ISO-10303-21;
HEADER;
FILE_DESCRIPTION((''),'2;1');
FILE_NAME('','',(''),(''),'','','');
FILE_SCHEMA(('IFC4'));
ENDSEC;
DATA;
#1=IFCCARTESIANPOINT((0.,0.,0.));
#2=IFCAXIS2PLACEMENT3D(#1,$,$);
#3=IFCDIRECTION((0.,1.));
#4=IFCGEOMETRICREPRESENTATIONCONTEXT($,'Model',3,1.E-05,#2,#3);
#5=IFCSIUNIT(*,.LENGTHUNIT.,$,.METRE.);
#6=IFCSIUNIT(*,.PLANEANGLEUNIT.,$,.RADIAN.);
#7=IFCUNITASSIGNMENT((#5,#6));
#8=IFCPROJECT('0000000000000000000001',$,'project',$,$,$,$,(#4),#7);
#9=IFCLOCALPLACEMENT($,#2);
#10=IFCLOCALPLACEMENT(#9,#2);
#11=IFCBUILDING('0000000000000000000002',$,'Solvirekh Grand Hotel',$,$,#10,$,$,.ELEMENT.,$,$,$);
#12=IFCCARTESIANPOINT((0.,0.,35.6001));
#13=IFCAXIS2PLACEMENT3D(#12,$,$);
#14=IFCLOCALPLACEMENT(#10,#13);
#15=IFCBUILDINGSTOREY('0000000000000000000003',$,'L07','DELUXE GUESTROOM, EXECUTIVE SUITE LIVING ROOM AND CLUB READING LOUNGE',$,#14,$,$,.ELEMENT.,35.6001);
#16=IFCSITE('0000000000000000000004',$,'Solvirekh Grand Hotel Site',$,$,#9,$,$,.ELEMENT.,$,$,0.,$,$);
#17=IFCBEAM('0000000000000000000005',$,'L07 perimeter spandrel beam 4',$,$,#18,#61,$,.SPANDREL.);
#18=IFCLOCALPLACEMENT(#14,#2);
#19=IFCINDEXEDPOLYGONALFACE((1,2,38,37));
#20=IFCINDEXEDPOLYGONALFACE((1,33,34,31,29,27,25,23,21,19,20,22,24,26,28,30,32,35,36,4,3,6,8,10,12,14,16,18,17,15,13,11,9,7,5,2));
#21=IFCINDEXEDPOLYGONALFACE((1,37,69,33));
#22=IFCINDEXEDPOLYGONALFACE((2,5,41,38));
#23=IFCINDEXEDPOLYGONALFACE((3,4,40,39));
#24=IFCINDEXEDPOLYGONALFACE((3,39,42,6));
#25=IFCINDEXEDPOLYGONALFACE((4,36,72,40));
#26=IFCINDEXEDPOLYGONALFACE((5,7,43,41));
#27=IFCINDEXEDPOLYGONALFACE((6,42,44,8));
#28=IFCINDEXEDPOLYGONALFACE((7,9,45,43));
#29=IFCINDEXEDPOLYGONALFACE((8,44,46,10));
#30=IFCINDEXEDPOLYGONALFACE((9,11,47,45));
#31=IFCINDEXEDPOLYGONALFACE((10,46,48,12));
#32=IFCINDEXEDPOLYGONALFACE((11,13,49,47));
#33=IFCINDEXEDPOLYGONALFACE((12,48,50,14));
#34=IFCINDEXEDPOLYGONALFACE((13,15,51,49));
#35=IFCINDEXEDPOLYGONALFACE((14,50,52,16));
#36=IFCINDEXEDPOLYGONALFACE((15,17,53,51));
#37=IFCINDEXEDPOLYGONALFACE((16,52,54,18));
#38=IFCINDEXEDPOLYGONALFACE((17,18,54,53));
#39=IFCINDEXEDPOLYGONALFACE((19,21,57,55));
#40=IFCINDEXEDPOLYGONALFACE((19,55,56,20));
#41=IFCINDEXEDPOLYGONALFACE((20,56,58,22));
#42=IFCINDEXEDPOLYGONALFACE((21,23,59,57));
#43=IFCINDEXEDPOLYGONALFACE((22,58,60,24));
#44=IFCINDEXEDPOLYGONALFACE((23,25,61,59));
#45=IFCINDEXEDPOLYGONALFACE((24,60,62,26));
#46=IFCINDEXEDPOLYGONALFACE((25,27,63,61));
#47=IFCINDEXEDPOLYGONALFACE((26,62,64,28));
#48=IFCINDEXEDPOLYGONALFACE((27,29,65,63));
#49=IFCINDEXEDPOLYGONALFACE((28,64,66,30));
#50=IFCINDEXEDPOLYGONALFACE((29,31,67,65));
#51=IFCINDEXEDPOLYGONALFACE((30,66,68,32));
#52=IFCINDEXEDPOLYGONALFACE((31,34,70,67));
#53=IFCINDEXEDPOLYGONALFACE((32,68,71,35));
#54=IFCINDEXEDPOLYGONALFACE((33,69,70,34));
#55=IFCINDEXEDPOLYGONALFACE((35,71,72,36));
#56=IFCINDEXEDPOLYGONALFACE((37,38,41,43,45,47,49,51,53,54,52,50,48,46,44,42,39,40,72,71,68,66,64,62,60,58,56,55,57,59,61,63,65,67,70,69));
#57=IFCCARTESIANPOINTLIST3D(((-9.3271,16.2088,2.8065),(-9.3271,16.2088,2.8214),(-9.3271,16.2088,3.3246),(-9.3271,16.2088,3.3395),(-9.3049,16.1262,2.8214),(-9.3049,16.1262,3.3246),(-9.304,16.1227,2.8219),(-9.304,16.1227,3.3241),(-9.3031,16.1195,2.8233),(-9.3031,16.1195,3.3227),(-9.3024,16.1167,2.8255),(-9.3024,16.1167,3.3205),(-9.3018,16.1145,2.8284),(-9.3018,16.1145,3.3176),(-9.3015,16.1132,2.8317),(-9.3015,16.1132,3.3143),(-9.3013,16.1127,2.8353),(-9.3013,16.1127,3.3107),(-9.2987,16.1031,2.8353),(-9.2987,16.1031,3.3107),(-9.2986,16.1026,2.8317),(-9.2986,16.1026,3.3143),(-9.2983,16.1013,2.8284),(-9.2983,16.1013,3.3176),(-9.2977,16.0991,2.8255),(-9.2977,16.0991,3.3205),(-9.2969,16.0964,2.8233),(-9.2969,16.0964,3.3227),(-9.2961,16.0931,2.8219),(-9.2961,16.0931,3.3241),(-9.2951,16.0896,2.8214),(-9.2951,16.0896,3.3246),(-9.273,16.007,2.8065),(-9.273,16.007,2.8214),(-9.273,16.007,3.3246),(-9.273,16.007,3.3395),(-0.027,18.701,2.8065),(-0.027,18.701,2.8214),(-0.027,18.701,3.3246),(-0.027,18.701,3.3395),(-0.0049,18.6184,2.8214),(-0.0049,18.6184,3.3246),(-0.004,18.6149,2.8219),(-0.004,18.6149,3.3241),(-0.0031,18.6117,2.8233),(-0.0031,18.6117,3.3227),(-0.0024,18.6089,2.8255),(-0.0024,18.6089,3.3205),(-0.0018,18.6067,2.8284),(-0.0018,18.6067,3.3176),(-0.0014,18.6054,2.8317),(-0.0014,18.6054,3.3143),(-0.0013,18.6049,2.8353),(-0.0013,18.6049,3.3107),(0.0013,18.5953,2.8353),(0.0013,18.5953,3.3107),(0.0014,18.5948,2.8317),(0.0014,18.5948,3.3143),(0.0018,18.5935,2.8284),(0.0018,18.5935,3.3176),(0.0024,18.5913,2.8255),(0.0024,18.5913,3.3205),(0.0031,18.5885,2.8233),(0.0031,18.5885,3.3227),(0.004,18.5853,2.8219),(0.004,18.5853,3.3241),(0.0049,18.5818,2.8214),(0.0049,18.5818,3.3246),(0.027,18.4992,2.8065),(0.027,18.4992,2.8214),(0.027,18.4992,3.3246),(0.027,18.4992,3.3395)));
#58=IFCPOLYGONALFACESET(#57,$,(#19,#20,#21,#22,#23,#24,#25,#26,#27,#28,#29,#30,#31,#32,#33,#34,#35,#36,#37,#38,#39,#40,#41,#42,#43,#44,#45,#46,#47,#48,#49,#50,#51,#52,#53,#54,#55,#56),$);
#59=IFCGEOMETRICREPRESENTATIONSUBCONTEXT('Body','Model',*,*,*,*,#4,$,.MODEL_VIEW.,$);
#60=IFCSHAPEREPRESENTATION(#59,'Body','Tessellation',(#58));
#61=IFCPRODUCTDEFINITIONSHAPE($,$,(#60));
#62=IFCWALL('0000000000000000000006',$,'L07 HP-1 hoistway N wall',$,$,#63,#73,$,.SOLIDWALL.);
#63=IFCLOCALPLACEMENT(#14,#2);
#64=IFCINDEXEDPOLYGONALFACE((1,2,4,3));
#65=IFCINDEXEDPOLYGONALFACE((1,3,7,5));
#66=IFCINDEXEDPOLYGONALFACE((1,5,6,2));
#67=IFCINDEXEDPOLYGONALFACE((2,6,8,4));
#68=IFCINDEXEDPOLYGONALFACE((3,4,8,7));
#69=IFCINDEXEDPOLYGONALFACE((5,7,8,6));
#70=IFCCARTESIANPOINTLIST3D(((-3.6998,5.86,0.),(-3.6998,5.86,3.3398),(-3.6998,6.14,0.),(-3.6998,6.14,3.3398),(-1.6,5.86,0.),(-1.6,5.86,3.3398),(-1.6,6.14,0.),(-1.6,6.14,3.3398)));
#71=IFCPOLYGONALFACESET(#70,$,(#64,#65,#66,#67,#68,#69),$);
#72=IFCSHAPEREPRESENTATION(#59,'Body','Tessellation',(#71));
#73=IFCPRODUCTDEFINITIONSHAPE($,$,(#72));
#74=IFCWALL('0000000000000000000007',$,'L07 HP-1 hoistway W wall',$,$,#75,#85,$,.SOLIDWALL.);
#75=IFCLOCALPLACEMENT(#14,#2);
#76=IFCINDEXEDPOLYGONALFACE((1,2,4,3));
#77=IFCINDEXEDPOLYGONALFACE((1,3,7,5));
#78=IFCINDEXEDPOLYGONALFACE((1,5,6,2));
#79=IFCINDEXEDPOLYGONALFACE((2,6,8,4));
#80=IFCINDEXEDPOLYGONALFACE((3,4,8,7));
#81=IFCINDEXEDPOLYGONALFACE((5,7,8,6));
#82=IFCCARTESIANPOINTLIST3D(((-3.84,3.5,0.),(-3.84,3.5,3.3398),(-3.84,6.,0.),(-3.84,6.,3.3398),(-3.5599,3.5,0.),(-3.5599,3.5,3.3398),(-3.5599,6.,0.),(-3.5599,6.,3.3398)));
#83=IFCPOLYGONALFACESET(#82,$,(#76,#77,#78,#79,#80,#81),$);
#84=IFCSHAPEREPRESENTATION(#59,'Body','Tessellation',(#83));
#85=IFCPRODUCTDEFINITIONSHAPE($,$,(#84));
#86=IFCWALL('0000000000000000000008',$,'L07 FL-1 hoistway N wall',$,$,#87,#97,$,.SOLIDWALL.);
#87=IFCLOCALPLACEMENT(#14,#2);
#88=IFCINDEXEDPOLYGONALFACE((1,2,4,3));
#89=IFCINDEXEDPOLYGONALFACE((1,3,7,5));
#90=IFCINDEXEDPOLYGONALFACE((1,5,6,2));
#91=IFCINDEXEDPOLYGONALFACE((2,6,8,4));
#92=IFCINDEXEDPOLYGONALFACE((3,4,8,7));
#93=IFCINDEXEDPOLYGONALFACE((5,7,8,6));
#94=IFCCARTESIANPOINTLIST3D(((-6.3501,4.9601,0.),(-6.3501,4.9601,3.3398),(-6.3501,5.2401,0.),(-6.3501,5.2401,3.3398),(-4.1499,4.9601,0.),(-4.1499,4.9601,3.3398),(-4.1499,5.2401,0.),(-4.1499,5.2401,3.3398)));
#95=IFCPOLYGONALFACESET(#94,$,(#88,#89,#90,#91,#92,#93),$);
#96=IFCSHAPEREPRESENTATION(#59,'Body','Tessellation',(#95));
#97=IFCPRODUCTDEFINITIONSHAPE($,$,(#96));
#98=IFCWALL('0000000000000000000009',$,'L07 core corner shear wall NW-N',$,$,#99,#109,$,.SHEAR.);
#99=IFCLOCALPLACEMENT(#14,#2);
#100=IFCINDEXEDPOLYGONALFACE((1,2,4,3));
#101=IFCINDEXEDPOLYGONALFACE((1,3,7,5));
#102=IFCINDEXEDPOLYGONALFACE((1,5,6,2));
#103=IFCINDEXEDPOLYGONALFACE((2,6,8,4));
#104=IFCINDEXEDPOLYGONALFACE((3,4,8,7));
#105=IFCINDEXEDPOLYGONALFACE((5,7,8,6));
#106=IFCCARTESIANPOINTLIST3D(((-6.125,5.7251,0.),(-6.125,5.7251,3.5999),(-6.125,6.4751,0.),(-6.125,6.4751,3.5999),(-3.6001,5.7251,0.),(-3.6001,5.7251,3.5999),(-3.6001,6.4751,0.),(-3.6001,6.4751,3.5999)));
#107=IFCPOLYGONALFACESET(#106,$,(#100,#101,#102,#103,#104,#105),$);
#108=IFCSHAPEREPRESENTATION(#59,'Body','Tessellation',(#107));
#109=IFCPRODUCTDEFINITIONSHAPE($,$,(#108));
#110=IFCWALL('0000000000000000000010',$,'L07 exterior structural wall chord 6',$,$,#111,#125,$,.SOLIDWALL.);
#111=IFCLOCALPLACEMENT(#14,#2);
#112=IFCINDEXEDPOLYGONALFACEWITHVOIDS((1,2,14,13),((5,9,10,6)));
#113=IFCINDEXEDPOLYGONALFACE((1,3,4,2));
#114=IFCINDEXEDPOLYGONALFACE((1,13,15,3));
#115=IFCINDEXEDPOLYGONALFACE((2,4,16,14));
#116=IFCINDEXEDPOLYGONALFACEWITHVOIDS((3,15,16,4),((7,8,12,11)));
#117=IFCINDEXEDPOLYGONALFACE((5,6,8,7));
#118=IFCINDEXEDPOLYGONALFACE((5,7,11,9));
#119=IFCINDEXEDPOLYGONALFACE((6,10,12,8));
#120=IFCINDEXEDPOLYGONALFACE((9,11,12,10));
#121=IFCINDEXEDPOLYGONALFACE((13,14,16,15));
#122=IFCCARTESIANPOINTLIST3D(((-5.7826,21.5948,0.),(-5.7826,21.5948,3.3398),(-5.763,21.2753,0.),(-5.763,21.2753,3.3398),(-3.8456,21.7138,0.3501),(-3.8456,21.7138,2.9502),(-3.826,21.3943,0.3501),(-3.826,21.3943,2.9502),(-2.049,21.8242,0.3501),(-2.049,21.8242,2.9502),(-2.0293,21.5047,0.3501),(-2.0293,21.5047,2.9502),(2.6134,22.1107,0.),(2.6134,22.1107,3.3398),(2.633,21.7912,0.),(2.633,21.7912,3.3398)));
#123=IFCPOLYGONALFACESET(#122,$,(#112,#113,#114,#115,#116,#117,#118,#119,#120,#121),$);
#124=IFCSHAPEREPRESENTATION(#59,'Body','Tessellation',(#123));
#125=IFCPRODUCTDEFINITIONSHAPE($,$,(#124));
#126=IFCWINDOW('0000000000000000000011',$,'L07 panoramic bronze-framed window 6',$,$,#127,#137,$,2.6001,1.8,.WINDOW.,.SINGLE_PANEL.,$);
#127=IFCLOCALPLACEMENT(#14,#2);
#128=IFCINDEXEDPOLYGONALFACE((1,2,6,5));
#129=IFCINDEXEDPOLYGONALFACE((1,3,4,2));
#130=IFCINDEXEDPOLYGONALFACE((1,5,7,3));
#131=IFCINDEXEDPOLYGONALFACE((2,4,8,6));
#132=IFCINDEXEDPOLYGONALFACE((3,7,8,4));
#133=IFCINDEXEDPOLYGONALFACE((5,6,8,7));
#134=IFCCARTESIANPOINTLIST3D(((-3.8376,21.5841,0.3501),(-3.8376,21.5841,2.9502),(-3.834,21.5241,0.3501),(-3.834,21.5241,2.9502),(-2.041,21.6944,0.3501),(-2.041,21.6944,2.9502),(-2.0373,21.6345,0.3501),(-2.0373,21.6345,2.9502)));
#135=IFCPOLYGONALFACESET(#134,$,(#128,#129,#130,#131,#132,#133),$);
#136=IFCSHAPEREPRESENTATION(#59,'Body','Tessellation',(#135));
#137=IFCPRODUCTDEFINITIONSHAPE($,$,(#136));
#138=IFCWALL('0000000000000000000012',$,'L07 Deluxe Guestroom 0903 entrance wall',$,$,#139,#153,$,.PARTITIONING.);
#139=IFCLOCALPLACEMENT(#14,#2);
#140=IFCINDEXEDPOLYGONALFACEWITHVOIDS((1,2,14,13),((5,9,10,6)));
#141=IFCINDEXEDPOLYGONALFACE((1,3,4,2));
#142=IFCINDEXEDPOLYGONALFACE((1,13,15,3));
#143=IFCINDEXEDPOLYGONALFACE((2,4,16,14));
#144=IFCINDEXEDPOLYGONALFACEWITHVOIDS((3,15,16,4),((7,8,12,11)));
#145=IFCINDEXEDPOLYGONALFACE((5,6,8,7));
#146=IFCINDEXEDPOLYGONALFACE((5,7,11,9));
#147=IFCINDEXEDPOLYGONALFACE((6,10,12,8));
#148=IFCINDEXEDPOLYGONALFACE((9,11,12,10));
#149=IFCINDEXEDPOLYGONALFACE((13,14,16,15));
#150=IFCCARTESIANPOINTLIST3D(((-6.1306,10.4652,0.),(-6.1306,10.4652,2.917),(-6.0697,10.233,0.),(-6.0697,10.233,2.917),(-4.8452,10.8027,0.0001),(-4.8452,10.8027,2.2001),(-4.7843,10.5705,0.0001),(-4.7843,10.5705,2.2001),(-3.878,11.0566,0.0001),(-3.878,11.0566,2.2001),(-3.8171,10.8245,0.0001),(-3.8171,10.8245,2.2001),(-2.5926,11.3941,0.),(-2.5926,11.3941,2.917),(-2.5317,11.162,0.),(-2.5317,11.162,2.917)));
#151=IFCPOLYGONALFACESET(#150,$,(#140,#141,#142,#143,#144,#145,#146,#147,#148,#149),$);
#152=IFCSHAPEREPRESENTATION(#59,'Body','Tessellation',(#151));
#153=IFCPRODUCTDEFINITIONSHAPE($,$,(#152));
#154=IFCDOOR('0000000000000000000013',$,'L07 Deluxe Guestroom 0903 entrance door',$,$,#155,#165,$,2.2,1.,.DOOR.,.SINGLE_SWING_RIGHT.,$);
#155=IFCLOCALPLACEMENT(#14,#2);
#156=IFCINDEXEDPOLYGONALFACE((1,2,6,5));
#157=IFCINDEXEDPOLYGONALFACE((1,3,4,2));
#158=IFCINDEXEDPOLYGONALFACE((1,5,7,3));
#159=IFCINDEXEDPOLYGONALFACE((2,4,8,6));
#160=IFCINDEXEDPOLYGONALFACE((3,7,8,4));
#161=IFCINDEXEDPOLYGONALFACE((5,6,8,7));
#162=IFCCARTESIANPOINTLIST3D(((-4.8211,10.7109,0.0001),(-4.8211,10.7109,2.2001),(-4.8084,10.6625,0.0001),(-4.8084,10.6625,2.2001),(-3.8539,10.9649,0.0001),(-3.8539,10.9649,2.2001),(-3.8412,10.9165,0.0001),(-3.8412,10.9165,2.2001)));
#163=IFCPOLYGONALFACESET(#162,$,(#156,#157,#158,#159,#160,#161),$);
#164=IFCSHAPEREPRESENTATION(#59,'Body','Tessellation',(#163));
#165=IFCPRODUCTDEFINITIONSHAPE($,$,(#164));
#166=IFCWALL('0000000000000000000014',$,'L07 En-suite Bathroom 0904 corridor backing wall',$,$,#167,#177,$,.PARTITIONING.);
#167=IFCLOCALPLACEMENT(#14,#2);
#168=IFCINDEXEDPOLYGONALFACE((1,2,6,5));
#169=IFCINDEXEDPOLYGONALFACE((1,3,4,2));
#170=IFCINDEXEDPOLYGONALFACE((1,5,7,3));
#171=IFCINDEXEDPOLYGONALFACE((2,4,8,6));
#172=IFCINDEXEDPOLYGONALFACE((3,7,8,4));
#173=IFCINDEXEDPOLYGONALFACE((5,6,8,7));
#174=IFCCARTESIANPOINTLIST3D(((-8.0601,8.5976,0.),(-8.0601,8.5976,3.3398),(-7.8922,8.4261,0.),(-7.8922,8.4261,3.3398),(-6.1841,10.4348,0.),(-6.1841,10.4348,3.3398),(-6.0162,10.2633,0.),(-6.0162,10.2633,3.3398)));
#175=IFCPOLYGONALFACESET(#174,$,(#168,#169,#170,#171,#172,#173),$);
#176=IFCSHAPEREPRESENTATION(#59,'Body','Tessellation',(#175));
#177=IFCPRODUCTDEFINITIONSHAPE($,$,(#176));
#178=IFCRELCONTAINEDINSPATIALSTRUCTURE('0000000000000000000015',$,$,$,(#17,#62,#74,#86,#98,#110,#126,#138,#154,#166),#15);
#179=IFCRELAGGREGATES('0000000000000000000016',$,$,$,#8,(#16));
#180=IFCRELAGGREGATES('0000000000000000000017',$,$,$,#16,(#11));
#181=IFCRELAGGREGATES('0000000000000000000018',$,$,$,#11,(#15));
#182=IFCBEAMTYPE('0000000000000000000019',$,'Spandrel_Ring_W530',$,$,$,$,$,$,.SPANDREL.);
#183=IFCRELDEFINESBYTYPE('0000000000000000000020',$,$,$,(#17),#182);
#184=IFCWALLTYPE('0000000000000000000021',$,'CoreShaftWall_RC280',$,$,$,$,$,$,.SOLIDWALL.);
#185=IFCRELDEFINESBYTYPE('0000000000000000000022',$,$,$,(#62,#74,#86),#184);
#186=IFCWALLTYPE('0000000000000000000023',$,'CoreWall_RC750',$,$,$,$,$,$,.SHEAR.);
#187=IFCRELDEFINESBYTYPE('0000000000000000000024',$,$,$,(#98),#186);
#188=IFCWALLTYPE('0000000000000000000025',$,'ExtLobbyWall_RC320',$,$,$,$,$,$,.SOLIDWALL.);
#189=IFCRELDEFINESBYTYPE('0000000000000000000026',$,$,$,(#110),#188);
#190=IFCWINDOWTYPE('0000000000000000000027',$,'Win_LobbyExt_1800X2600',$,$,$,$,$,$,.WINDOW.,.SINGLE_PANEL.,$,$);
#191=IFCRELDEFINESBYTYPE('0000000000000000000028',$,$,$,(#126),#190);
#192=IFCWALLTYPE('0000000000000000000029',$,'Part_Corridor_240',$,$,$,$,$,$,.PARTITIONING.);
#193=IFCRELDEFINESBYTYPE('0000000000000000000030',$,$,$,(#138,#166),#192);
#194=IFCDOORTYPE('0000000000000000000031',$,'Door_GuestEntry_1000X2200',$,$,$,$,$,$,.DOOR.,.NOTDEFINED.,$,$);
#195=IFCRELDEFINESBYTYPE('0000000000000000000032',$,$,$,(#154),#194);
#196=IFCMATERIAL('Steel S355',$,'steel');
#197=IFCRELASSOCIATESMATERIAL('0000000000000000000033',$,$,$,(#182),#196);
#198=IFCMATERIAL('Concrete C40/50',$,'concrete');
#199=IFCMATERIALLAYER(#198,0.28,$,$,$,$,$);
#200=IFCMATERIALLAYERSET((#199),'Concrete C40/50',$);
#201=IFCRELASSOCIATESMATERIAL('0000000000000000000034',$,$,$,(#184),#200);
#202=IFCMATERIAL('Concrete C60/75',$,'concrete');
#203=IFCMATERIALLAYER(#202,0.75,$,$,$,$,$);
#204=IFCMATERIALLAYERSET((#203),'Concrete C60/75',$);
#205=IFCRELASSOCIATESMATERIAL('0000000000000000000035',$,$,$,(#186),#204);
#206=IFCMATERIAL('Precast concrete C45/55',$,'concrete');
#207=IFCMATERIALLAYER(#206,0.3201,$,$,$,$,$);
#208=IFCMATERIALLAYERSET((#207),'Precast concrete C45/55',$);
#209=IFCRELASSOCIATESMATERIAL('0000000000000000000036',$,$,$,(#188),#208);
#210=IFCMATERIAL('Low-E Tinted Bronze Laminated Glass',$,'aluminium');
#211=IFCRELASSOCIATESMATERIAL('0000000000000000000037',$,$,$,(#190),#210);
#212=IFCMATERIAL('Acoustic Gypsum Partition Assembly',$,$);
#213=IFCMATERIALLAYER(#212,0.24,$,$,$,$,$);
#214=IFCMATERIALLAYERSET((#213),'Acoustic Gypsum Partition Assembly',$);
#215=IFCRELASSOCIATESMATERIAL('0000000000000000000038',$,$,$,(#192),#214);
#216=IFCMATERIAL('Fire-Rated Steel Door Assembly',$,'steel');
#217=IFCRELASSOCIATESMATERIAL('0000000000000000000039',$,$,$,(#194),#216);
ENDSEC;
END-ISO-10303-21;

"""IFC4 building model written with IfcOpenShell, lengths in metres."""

from ifc_helpers import new_model, si_unit, direction, frame, frame_2d, origin, origin_2d, place, context, subcontext, project, spatial, rectangle, i_section, extrude, material, layer, layer_set, material_profile, profile_set, type_object, element, fill, save


model = new_model("IFC4")

# Units and contexts
model_context = context("Model", 3, precision=1e-05, world=origin(), true_north=direction((0.0, 1.0)))
body_context = subcontext(model_context, "Body", "Model", "MODEL_VIEW")
ifc_project = project(units=[si_unit("LENGTHUNIT", "METRE"), si_unit("PLANEANGLEUNIT", "RADIAN")], contexts=[model_context])

# Site, building, storey
site_placement = place(None, origin())
site = spatial("IfcSite", under=ifc_project, at=site_placement, Name="Solvirekh Grand Hotel Site", CompositionType="ELEMENT", RefElevation=0.0)
building_placement = place(site_placement, origin())
building = spatial("IfcBuilding", under=site, at=building_placement, Name="Solvirekh Grand Hotel", CompositionType="ELEMENT")
storey_placement = place(building_placement, frame((0.0, 0.0, 35.6001)))
storey = spatial("IfcBuildingStorey", under=building, at=storey_placement, Name="L07", Description="DELUXE GUESTROOM, EXECUTIVE SUITE LIVING ROOM AND CLUB READING LOUNGE", CompositionType="ELEMENT", Elevation=35.6001)

# Shared definitions
ifc_material_1 = material(Name="Concrete C60/75", Category="concrete")

# Beam
ifc_material_2 = material(Name="Steel S355", Category="steel")
ifc_material_profile_1 = material_profile(ifc_material_2, i_section(OverallWidth=0.209, OverallDepth=0.533, WebThickness=0.01, FlangeThickness=0.0149, FilletRadius=0.0139, at=origin_2d()), Name="W530X92")
ifc_profile_set_1 = profile_set([ifc_material_profile_1], Name="Steel S355")
beam_type_1 = type_object("IfcBeamType", Name="Spandrel_Ring_W530", PredefinedType="SPANDREL", material=ifc_profile_set_1)
beam_1_placement = place(storey_placement, frame((0.0, 18.6001, 3.073), z_axis=(-0.965919, -0.258843, 0.0), x_axis=(0.258843, -0.965919, 0.0)))
element("IfcBeam", 1, at=beam_1_placement, inside=storey, type_object=beam_type_1, Name="L07 perimeter spandrel beam 4", PredefinedType="SPANDREL", context=body_context, shape_type="SweptSolid", body=[
    extrude(i_section(OverallWidth=0.209, OverallDepth=0.533, WebThickness=0.01, FlangeThickness=0.0149, FilletRadius=0.0139, at=origin_2d()), origin(), (0.0, 0.0, 1.0), 9.6282),
])

# Walls
ifc_material_3 = material(Name="Concrete C40/50", Category="concrete")
ifc_layer_1 = layer(ifc_material_3, 0.28)
ifc_layer_set_1 = layer_set([ifc_layer_1], Name="Concrete C40/50")
wall_type_1 = type_object("IfcWallType", Name="CoreShaftWall_RC280", PredefinedType="SOLIDWALL", material=ifc_layer_set_1)
wall_1_placement = place(storey_placement, frame((-1.6001, 6.0, 0.0), z_axis=(0.0, 0.0, 1.0), x_axis=(-1.0, 0.0, 0.0)))
element("IfcWall", 2, at=wall_1_placement, inside=storey, type_object=wall_type_1, Name="L07 HP-1 hoistway N wall", PredefinedType="SOLIDWALL", context=body_context, shape_type="SweptSolid", body=[
    extrude(rectangle(XDim=2.0999, YDim=0.28, at=frame_2d((1.0498, 0.0))), origin(), (0.0, 0.0, 1.0), 3.3398),
])
wall_2_placement = place(storey_placement, frame((-3.7, 6.0, 0.0), z_axis=(0.0, 0.0, 1.0), x_axis=(0.0, -1.0, 0.0)))
element("IfcWall", 3, at=wall_2_placement, inside=storey, type_object=wall_type_1, Name="L07 HP-1 hoistway W wall", PredefinedType="SOLIDWALL", context=body_context, shape_type="SweptSolid", body=[
    extrude(rectangle(XDim=2.5, YDim=0.28, at=frame_2d((1.25, 0.0))), origin(), (0.0, 0.0, 1.0), 3.3398),
])
wall_3_placement = place(storey_placement, frame((-4.1499, 5.1001, 0.0), z_axis=(0.0, 0.0, 1.0), x_axis=(-1.0, 0.0, 0.0)))
element("IfcWall", 4, at=wall_3_placement, inside=storey, type_object=wall_type_1, Name="L07 FL-1 hoistway N wall", PredefinedType="SOLIDWALL", context=body_context, shape_type="SweptSolid", body=[
    extrude(rectangle(XDim=2.2002, YDim=0.28, at=frame_2d((1.1001, 0.0))), origin(), (0.0, 0.0, 1.0), 3.3398),
])
ifc_layer_2 = layer(ifc_material_1, 0.75)
ifc_layer_set_2 = layer_set([ifc_layer_2], Name="Concrete C60/75")
wall_type_2 = type_object("IfcWallType", Name="CoreWall_RC750", PredefinedType="SHEAR", material=ifc_layer_set_2)
wall_4_placement = place(storey_placement, frame((-6.125, 6.1001, 0.0), z_axis=(0.0, 0.0, 1.0), x_axis=(1.0, 0.0, 0.0)))
element("IfcWall", 5, at=wall_4_placement, inside=storey, type_object=wall_type_2, Name="L07 core corner shear wall NW-N", PredefinedType="SHEAR", context=body_context, shape_type="SweptSolid", body=[
    extrude(rectangle(XDim=2.5249, YDim=0.75, at=frame_2d((1.2625, 0.0))), origin(), (0.0, 0.0, 1.0), 3.5999),
])

# Wall, opening, window
ifc_material_4 = material(Name="Precast concrete C45/55", Category="concrete")
ifc_layer_3 = layer(ifc_material_4, 0.3201)
ifc_layer_set_3 = layer_set([ifc_layer_3], Name="Precast concrete C45/55")
wall_type_3 = type_object("IfcWallType", Name="ExtLobbyWall_RC320", PredefinedType="SOLIDWALL", material=ifc_layer_set_3)
wall_5_placement = place(storey_placement, frame((-5.7729, 21.4351, 0.0), z_axis=(0.0, 0.0, 1.0), x_axis=(0.998118, 0.061327, 0.0)))
wall_5 = element("IfcWall", 6, at=wall_5_placement, inside=storey, type_object=wall_type_3, Name="L07 exterior structural wall chord 6", PredefinedType="SOLIDWALL", context=body_context, shape_type="SweptSolid", body=[
    extrude(rectangle(XDim=8.4119, YDim=0.3201, at=frame_2d((4.2061, 0.0))), origin(), (0.0, 0.0, 1.0), 3.3398),
])
opening_1_placement = place(wall_5_placement, frame((1.9409, 0.0, 0.3501)))
opening_1 = element("IfcOpeningElement", 7, at=opening_1_placement, cuts=wall_5, PredefinedType="OPENING", context=body_context, shape_type="SweptSolid", body=[
    extrude(rectangle(XDim=1.8, YDim=2.6001, at=frame_2d((0.8999, 1.3))), frame((0.0, 0.1699, 0.0), z_axis=(0.0, -1.0, 0.0), x_axis=(1.0, 0.0, 0.0)), (0.0, 0.0, 1.0), 0.3401),
])
ifc_material_5 = material(Name="Low-E Tinted Bronze Laminated Glass", Category="aluminium")
window_type = type_object("IfcWindowType", Name="Win_LobbyExt_1800X2600", PartitioningType="SINGLE_PANEL", PredefinedType="WINDOW", material=ifc_material_5)
window_placement = place(opening_1_placement, origin())
window = element("IfcWindow", 8, at=window_placement, inside=storey, type_object=window_type, Name="L07 panoramic bronze-framed window 6", OverallHeight=2.6001, OverallWidth=1.8, PartitioningType="SINGLE_PANEL", PredefinedType="WINDOW", context=body_context, shape_type="SweptSolid", body=[
    extrude(rectangle(XDim=1.8, YDim=2.6001, at=frame_2d((0.8999, 1.3))), frame((0.0, 0.03, 0.0), z_axis=(0.0, -1.0, 0.0), x_axis=(1.0, 0.0, 0.0)), (0.0, 0.0, 1.0), 0.0601),
])
fill(opening_1, window)

# Wall, opening, door
ifc_material_6 = material(Name="Acoustic Gypsum Partition Assembly")
ifc_layer_4 = layer(ifc_material_6, 0.24)
ifc_layer_set_4 = layer_set([ifc_layer_4], Name="Acoustic Gypsum Partition Assembly")
wall_type_4 = type_object("IfcWallType", Name="Part_Corridor_240", PredefinedType="PARTITIONING", material=ifc_layer_set_4)
wall_6_placement = place(storey_placement, frame((-2.562, 11.2781, 0.0), z_axis=(0.0, 0.0, 1.0), x_axis=(-0.967217, -0.253951, 0.0)))
wall_6 = element("IfcWall", 9, at=wall_6_placement, inside=storey, type_object=wall_type_4, Name="L07 Deluxe Guestroom 0903 entrance wall", PredefinedType="PARTITIONING", context=body_context, shape_type="SweptSolid", body=[
    extrude(rectangle(XDim=3.658, YDim=0.24, at=frame_2d((1.8291, 0.0))), origin(), (0.0, 0.0, 1.0), 2.917),
])
opening_2_placement = place(wall_6_placement, frame((1.3291, 0.0, 0.0)))
opening_2 = element("IfcOpeningElement", 10, at=opening_2_placement, cuts=wall_6, PredefinedType="OPENING", context=body_context, shape_type="SweptSolid", body=[
    extrude(rectangle(XDim=1.0, YDim=2.2, at=frame_2d((0.5, 1.1001))), frame((0.0, 0.1299, 0.0), z_axis=(0.0, -1.0, 0.0), x_axis=(1.0, 0.0, 0.0)), (0.0, 0.0, 1.0), 0.26),
])
ifc_material_7 = material(Name="Fire-Rated Steel Door Assembly", Category="steel")
door_type_1 = type_object("IfcDoorType", Name="Door_GuestEntry_1000X2200", OperationType="NOTDEFINED", PredefinedType="DOOR", material=ifc_material_7)
door_1_placement = place(opening_2_placement, origin())
door_1 = element("IfcDoor", 11, at=door_1_placement, inside=storey, type_object=door_type_1, Name="L07 Deluxe Guestroom 0903 entrance door", OperationType="SINGLE_SWING_RIGHT", OverallHeight=2.2, OverallWidth=1.0, PredefinedType="DOOR", context=body_context, shape_type="SweptSolid", body=[
    extrude(rectangle(XDim=1.0, YDim=2.2, at=frame_2d((0.5, 1.1001))), frame((0.0, 0.0249, 0.0), z_axis=(0.0, -1.0, 0.0), x_axis=(1.0, 0.0, 0.0)), (0.0, 0.0, 1.0), 0.05),
])
fill(opening_2, door_1)

# Wall
wall_7_placement = place(storey_placement, frame((-6.1001, 10.3491, 0.0), z_axis=(0.0, 0.0, 1.0), x_axis=(-0.71446, -0.699676, 0.0)))
element("IfcWall", 12, at=wall_7_placement, inside=storey, type_object=wall_type_4, Name="L07 En-suite Bathroom 0904 corridor backing wall", PredefinedType="PARTITIONING", context=body_context, shape_type="SweptSolid", body=[
    extrude(rectangle(XDim=2.6257, YDim=0.24, at=frame_2d((1.313, 0.0))), origin(), (0.0, 0.0, 1.0), 3.3398),
])

save(model, "model.ifc")
